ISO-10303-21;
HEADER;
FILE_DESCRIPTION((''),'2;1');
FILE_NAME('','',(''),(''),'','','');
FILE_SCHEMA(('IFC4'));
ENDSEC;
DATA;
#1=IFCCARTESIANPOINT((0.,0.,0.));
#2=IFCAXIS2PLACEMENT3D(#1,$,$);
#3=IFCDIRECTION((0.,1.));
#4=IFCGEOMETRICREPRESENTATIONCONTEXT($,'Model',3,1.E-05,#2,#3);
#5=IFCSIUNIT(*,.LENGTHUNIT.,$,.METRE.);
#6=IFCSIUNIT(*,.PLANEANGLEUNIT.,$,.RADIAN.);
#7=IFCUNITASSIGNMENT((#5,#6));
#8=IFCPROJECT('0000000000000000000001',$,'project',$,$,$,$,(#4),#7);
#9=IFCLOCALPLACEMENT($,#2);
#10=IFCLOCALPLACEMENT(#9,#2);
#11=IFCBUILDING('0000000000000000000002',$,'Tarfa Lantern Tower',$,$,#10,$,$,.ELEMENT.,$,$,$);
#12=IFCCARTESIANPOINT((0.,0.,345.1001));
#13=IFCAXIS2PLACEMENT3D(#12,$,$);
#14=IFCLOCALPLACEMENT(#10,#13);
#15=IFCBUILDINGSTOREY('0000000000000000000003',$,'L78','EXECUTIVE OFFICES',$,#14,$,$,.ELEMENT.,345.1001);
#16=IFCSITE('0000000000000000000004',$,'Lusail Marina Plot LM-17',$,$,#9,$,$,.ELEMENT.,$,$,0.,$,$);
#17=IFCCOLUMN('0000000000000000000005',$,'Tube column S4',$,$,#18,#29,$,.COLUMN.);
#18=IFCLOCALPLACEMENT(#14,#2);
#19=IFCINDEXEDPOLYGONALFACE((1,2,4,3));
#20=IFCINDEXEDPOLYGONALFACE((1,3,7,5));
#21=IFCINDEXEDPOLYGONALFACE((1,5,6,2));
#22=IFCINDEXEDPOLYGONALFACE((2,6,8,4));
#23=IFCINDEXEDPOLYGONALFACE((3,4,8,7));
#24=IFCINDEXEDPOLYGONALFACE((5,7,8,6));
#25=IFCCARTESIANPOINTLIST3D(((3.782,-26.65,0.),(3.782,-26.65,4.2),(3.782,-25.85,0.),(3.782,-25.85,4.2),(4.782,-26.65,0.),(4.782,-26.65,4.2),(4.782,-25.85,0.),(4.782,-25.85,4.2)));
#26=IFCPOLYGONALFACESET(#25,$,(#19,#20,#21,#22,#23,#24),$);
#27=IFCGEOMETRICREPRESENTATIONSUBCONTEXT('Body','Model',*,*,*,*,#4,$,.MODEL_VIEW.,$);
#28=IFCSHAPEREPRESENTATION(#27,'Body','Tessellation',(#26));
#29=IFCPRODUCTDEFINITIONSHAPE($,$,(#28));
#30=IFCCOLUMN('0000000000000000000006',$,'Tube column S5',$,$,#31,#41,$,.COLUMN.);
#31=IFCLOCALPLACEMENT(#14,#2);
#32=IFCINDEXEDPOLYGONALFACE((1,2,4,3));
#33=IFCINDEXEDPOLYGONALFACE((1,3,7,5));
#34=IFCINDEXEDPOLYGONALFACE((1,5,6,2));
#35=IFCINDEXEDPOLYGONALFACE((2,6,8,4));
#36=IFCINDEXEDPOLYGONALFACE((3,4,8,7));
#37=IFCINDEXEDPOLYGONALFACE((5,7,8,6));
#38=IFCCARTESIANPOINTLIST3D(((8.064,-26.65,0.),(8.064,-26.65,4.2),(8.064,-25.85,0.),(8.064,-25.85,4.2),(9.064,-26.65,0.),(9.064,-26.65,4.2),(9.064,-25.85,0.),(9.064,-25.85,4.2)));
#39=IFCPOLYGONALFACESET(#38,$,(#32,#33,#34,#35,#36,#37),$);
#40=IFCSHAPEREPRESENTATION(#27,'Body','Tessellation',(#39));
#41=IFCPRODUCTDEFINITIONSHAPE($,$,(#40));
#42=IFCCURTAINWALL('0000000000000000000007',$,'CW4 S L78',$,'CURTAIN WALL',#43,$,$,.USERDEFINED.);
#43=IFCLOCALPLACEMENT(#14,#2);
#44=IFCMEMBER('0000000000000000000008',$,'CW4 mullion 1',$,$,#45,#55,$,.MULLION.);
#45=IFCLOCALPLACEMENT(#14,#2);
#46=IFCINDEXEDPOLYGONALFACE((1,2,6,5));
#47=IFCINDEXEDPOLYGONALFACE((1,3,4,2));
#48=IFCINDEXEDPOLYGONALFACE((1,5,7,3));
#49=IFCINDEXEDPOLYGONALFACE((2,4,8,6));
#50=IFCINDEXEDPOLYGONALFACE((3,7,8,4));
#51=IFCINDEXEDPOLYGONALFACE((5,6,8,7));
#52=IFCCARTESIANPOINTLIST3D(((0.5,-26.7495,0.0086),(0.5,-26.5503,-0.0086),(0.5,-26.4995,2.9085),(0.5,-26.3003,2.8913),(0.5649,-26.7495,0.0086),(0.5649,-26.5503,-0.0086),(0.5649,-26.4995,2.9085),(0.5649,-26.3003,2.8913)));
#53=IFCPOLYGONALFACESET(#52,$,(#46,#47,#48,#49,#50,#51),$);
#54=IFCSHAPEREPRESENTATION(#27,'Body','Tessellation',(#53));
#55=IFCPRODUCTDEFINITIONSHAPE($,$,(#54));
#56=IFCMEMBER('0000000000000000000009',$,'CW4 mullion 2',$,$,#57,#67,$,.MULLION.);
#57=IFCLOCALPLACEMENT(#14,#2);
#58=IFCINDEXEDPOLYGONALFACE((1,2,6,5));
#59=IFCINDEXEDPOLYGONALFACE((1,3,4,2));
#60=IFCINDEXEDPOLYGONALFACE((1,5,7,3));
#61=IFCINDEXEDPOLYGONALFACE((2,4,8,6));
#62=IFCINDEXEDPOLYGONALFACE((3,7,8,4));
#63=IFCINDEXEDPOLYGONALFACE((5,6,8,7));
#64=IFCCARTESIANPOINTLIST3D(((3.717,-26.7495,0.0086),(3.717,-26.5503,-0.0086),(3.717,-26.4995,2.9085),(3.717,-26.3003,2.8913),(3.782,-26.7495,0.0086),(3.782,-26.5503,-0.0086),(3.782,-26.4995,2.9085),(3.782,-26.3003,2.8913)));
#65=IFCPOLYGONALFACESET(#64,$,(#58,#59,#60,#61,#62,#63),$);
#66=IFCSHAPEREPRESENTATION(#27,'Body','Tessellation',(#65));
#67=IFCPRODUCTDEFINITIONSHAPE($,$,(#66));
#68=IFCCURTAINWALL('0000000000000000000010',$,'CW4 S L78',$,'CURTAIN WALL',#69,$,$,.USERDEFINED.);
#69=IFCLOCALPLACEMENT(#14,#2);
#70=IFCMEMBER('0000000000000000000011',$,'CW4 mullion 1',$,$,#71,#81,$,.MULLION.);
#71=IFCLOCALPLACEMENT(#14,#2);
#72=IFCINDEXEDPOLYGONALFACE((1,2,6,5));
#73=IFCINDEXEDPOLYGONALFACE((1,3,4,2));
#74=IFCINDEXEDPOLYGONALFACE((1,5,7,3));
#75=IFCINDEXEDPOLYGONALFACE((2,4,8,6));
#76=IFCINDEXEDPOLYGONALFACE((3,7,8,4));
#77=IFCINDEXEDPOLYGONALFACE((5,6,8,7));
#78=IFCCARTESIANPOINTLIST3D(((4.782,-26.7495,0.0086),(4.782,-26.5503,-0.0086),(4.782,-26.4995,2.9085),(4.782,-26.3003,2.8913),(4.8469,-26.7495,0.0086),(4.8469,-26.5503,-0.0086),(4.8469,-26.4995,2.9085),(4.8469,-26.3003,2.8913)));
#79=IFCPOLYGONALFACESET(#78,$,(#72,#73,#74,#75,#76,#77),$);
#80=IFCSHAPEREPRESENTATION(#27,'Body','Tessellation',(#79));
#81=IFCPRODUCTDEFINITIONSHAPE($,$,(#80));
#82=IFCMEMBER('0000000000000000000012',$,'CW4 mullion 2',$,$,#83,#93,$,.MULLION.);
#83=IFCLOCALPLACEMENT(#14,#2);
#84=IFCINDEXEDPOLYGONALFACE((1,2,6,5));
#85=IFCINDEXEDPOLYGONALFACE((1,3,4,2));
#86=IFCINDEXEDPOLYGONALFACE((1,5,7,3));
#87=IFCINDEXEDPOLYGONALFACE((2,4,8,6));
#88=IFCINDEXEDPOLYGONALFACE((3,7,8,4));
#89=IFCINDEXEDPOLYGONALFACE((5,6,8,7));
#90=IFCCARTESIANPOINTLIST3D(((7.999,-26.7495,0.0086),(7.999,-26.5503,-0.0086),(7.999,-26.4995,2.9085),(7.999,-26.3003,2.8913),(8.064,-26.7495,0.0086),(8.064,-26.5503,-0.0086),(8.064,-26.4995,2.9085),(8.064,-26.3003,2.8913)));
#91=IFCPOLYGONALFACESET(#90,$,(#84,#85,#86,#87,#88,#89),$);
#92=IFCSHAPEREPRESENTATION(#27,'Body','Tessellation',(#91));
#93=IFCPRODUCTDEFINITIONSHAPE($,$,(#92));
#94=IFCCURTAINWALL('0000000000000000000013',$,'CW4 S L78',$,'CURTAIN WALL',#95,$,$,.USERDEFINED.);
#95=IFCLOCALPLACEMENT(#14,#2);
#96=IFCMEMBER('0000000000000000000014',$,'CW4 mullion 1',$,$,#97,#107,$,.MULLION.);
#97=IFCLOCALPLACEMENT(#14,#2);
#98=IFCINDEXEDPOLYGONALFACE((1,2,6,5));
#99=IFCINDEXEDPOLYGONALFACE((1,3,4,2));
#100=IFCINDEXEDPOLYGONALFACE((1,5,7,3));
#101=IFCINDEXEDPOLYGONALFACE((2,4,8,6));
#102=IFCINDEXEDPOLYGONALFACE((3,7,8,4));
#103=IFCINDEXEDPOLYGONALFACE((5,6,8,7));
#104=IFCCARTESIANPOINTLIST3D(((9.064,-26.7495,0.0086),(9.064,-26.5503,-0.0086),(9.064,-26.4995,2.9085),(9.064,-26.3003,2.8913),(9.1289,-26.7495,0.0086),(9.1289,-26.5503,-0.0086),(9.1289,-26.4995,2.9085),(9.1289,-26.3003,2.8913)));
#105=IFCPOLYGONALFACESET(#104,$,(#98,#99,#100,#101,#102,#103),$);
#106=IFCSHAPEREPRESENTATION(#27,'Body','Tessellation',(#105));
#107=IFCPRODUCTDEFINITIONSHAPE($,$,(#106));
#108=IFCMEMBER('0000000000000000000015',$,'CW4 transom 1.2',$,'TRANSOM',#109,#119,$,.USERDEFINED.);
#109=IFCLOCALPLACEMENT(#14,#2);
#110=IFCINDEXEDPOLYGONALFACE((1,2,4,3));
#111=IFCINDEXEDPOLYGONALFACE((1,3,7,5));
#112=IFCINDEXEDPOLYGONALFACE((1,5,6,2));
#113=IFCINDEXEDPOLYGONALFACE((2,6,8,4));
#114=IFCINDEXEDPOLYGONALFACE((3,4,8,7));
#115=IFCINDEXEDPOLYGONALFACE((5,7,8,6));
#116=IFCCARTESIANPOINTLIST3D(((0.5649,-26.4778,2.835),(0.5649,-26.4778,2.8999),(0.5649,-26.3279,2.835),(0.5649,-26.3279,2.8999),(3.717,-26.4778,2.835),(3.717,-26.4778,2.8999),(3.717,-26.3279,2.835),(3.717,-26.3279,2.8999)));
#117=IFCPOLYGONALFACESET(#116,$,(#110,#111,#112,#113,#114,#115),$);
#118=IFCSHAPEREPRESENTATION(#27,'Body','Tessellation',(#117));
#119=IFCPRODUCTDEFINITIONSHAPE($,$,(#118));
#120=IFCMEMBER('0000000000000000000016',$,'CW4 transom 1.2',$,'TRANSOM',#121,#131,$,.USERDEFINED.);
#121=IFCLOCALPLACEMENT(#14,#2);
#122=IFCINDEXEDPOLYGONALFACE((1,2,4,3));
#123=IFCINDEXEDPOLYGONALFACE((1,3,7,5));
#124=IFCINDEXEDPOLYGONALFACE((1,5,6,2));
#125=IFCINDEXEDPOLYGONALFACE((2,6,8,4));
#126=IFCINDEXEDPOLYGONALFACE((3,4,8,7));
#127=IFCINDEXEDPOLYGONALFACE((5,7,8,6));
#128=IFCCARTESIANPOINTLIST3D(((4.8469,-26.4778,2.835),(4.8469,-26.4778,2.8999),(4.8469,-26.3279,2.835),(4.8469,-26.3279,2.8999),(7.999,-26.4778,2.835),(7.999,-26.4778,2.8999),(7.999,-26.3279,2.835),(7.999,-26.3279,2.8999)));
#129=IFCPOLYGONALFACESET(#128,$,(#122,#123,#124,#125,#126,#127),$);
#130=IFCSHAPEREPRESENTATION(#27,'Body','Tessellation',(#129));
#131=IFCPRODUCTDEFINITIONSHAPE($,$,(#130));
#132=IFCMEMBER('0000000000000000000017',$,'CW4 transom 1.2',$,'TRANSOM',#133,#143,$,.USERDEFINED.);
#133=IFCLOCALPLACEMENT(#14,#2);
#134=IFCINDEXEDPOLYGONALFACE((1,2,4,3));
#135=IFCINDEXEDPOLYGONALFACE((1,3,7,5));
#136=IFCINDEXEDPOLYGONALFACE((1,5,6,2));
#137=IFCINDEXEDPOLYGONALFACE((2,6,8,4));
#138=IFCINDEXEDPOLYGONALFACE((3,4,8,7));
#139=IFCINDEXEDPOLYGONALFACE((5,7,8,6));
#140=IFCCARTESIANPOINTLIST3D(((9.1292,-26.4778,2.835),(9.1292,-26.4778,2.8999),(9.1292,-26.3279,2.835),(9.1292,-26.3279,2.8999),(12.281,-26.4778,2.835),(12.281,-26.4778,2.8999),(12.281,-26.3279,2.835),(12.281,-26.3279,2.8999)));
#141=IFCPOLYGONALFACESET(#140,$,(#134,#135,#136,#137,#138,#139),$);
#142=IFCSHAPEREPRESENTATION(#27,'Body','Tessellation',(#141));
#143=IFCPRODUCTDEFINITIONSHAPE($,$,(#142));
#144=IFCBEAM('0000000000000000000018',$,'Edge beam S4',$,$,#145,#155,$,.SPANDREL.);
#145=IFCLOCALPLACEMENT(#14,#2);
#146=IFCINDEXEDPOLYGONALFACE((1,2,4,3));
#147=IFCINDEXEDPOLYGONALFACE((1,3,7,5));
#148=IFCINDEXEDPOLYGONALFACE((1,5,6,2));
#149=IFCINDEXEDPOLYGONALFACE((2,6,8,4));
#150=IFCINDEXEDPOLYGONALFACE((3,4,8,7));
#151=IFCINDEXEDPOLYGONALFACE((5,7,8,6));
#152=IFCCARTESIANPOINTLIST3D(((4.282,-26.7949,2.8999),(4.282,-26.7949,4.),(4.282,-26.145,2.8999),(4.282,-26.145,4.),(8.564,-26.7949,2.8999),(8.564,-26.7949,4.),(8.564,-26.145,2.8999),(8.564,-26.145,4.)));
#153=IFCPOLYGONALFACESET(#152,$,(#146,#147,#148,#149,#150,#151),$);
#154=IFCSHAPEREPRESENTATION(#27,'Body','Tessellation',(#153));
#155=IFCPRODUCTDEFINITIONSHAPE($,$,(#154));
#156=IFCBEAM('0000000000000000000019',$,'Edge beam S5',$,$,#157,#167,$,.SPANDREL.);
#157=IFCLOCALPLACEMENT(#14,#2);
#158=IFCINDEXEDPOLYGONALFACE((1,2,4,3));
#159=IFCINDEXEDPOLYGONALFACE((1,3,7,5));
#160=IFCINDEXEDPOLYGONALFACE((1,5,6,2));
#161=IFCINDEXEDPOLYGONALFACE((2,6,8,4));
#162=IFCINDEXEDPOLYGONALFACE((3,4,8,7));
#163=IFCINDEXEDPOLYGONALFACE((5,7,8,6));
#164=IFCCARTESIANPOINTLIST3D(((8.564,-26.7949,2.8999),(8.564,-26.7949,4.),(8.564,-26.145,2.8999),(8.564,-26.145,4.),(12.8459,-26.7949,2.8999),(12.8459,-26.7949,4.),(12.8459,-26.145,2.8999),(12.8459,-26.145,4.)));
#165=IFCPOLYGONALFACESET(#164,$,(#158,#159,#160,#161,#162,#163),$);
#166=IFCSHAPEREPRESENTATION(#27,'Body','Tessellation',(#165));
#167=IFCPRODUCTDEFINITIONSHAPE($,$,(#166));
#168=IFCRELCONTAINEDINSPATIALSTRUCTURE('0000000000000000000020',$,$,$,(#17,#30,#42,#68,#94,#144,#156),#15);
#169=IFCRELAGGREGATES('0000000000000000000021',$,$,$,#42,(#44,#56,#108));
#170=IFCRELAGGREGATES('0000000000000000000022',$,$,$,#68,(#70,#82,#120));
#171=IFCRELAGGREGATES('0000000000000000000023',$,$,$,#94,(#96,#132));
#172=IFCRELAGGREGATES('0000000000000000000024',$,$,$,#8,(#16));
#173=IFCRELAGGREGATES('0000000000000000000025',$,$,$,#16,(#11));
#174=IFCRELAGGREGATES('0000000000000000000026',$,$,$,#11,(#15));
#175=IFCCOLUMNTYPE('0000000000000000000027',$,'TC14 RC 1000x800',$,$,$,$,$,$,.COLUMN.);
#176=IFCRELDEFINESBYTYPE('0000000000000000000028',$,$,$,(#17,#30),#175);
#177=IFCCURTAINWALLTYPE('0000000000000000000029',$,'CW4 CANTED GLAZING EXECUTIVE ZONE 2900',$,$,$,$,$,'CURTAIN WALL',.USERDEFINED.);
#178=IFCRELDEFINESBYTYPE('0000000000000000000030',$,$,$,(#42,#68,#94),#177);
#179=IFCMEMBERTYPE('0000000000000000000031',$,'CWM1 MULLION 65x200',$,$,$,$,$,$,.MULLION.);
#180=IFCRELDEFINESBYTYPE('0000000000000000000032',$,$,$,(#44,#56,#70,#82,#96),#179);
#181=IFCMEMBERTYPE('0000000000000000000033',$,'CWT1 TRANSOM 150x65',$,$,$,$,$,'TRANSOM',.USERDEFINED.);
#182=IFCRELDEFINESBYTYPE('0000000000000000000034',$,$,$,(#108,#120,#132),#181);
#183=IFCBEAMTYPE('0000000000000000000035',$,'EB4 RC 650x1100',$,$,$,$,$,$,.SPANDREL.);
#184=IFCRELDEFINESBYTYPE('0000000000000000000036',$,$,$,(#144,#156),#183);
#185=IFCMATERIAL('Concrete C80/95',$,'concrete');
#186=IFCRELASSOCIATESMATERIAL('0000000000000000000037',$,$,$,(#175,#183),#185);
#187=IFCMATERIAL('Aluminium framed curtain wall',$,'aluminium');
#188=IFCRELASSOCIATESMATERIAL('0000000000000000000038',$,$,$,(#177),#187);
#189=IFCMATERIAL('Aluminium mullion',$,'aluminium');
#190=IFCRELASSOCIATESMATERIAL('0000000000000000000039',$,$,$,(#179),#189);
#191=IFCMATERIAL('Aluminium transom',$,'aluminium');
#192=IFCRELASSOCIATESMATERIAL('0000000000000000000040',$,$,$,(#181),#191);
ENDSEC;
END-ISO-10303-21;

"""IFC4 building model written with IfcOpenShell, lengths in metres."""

from ifc_helpers import new_model, si_unit, direction, frame, origin, origin_2d, place, context, subcontext, project, spatial, rectangle, extrude, material, material_profile, profile_set, type_object, element, aggregate, save


model = new_model("IFC4")

# Units and contexts
model_context = context("Model", 3, precision=1e-05, world=origin(), true_north=direction((0.0, 1.0)))
body_context = subcontext(model_context, "Body", "Model", "MODEL_VIEW")
ifc_project = project(units=[si_unit("LENGTHUNIT", "METRE"), si_unit("PLANEANGLEUNIT", "RADIAN")], contexts=[model_context])

# Site, building, storey
site_placement = place(None, origin())
site = spatial("IfcSite", under=ifc_project, at=site_placement, Name="Lusail Marina Plot LM-17", CompositionType="ELEMENT", RefElevation=0.0)
building_placement = place(site_placement, origin())
building = spatial("IfcBuilding", under=site, at=building_placement, Name="Tarfa Lantern Tower", CompositionType="ELEMENT")
storey_placement = place(building_placement, frame((0.0, 0.0, 345.1001)))
storey = spatial("IfcBuildingStorey", under=building, at=storey_placement, Name="L78", Description="EXECUTIVE OFFICES", CompositionType="ELEMENT", Elevation=345.1001)

# Columns
ifc_material_1 = material(Name="Concrete C80/95", Category="concrete")
ifc_material_profile_1 = material_profile(ifc_material_1, rectangle(XDim=1.0, YDim=0.8, at=origin_2d()), Name="RC 1000x800")
ifc_profile_set_1 = profile_set([ifc_material_profile_1], Name="Concrete C80/95")
column_type = type_object("IfcColumnType", Name="TC14 RC 1000x800", PredefinedType="COLUMN", material=ifc_profile_set_1)
for number, where, z_axis, x_axis, name in (
    (1, (4.282, -26.25, 0.0), (0.0, 0.0, 1.0), (1.0, 0.0, 0.0), "Tube column S4"),
    (2, (8.564, -26.25, 0.0), (0.0, 0.0, 1.0), (1.0, 0.0, 0.0), "Tube column S5"),
):
    element("IfcColumn", number, at=place(storey_placement, frame(where, z_axis=z_axis, x_axis=x_axis)), inside=storey, type_object=column_type, Name=name, PredefinedType="COLUMN", context=body_context, shape_type="SweptSolid", body=[
        extrude(rectangle(XDim=1.0, YDim=0.8, at=origin_2d()), origin(), (0.0, 0.0, 1.0), 4.2),
    ])

# Curtain walls, members
ifc_material_2 = material(Name="Aluminium framed curtain wall", Category="aluminium")
curtain_wall_type = type_object("IfcCurtainWallType", Name="CW4 CANTED GLAZING EXECUTIVE ZONE 2900", ElementType="CURTAIN WALL", PredefinedType="USERDEFINED", material=ifc_material_2)
curtain_wall_1_placement = place(storey_placement, origin())
curtain_wall_1 = element("IfcCurtainWall", 3, at=curtain_wall_1_placement, inside=storey, type_object=curtain_wall_type, Name="CW4 S L78", ObjectType="CURTAIN WALL", PredefinedType="USERDEFINED")
ifc_material_3 = material(Name="Aluminium mullion", Category="aluminium")
ifc_material_profile_2 = material_profile(ifc_material_3, rectangle(XDim=0.0649, YDim=0.2, at=origin_2d()), Name="AL MULLION 65x200")
ifc_profile_set_2 = profile_set([ifc_material_profile_2], Name="Aluminium mullion")
member_type_1 = type_object("IfcMemberType", Name="CWM1 MULLION 65x200", PredefinedType="MULLION", material=ifc_profile_set_2)
member_1_placement = place(storey_placement, frame((0.5325, -26.6499, 0.0), z_axis=(0.0, 0.085891, 0.996305), x_axis=(-1.0, 0.0, 0.0)))
member_1 = element("IfcMember", 4, at=member_1_placement, type_object=member_type_1, Name="CW4 mullion 1", PredefinedType="MULLION", context=body_context, shape_type="SweptSolid", body=[
    extrude(rectangle(XDim=0.0649, YDim=0.2, at=origin_2d()), origin(), (0.0, 0.0, 1.0), 2.9106),
])
member_2_placement = place(storey_placement, frame((3.7495, -26.6499, 0.0), z_axis=(0.0, 0.085891, 0.996305), x_axis=(-1.0, 0.0, 0.0)))
member_2 = element("IfcMember", 5, at=member_2_placement, type_object=member_type_1, Name="CW4 mullion 2", PredefinedType="MULLION", context=body_context, shape_type="SweptSolid", body=[
    extrude(rectangle(XDim=0.0649, YDim=0.2, at=origin_2d()), origin(), (0.0, 0.0, 1.0), 2.9106),
])
curtain_wall_2_placement = place(storey_placement, origin())
curtain_wall_2 = element("IfcCurtainWall", 6, at=curtain_wall_2_placement, inside=storey, type_object=curtain_wall_type, Name="CW4 S L78", ObjectType="CURTAIN WALL", PredefinedType="USERDEFINED")
member_3_placement = place(storey_placement, frame((4.8145, -26.6499, 0.0), z_axis=(0.0, 0.085891, 0.996305), x_axis=(-1.0, 0.0, 0.0)))
member_3 = element("IfcMember", 7, at=member_3_placement, type_object=member_type_1, Name="CW4 mullion 1", PredefinedType="MULLION", context=body_context, shape_type="SweptSolid", body=[
    extrude(rectangle(XDim=0.0649, YDim=0.2, at=origin_2d()), origin(), (0.0, 0.0, 1.0), 2.9106),
])
member_4_placement = place(storey_placement, frame((8.0315, -26.6499, 0.0), z_axis=(0.0, 0.085891, 0.996305), x_axis=(-1.0, 0.0, 0.0)))
member_4 = element("IfcMember", 8, at=member_4_placement, type_object=member_type_1, Name="CW4 mullion 2", PredefinedType="MULLION", context=body_context, shape_type="SweptSolid", body=[
    extrude(rectangle(XDim=0.0649, YDim=0.2, at=origin_2d()), origin(), (0.0, 0.0, 1.0), 2.9106),
])

# Curtain wall, member
curtain_wall_3_placement = place(storey_placement, origin())
curtain_wall_3 = element("IfcCurtainWall", 9, at=curtain_wall_3_placement, inside=storey, type_object=curtain_wall_type, Name="CW4 S L78", ObjectType="CURTAIN WALL", PredefinedType="USERDEFINED")
member_5_placement = place(storey_placement, frame((9.0964, -26.6499, 0.0), z_axis=(0.0, 0.085891, 0.996305), x_axis=(-1.0, 0.0, 0.0)))
member_5 = element("IfcMember", 10, at=member_5_placement, type_object=member_type_1, Name="CW4 mullion 1", PredefinedType="MULLION", context=body_context, shape_type="SweptSolid", body=[
    extrude(rectangle(XDim=0.0649, YDim=0.2, at=origin_2d()), origin(), (0.0, 0.0, 1.0), 2.9106),
])

# Members
ifc_material_4 = material(Name="Aluminium transom", Category="aluminium")
ifc_material_profile_3 = material_profile(ifc_material_4, rectangle(XDim=0.1499, YDim=0.0649, at=origin_2d()), Name="AL TRANSOM 150x65")
ifc_profile_set_3 = profile_set([ifc_material_profile_3], Name="Aluminium transom")
member_type_2 = type_object("IfcMemberType", Name="CWT1 TRANSOM 150x65", ElementType="TRANSOM", PredefinedType="USERDEFINED", material=ifc_profile_set_3)
member_6_placement = place(storey_placement, frame((0.5649, -26.4028, 2.8674), z_axis=(1.0, 0.0, 0.0), x_axis=(0.0, 1.0, 0.0)))
member_6 = element("IfcMember", 11, at=member_6_placement, type_object=member_type_2, Name="CW4 transom 1.2", ObjectType="TRANSOM", PredefinedType="USERDEFINED", context=body_context, shape_type="SweptSolid", body=[
    extrude(rectangle(XDim=0.1499, YDim=0.0649, at=origin_2d()), origin(), (0.0, 0.0, 1.0), 3.1521),
])
member_7_placement = place(storey_placement, frame((4.8469, -26.4028, 2.8674), z_axis=(1.0, 0.0, 0.0), x_axis=(0.0, 1.0, 0.0)))
member_7 = element("IfcMember", 12, at=member_7_placement, type_object=member_type_2, Name="CW4 transom 1.2", ObjectType="TRANSOM", PredefinedType="USERDEFINED", context=body_context, shape_type="SweptSolid", body=[
    extrude(rectangle(XDim=0.1499, YDim=0.0649, at=origin_2d()), origin(), (0.0, 0.0, 1.0), 3.1521),
])
member_8_placement = place(storey_placement, frame((9.1292, -26.4028, 2.8674), z_axis=(1.0, 0.0, 0.0), x_axis=(0.0, 1.0, 0.0)))
member_8 = element("IfcMember", 13, at=member_8_placement, type_object=member_type_2, Name="CW4 transom 1.2", ObjectType="TRANSOM", PredefinedType="USERDEFINED", context=body_context, shape_type="SweptSolid", body=[
    extrude(rectangle(XDim=0.1499, YDim=0.0649, at=origin_2d()), origin(), (0.0, 0.0, 1.0), 3.1519),
])

# Beams
ifc_material_profile_4 = material_profile(ifc_material_1, rectangle(XDim=0.6499, YDim=1.1001, at=origin_2d()), Name="RC 650x1100")
ifc_profile_set_4 = profile_set([ifc_material_profile_4], Name="Concrete C80/95")
beam_type_1 = type_object("IfcBeamType", Name="EB4 RC 650x1100", PredefinedType="SPANDREL", material=ifc_profile_set_4)
for number, where, z_axis, x_axis, name in (
    (14, (4.282, -26.47, 3.45), (1.0, 0.0, 0.0), (0.0, 1.0, 0.0), "Edge beam S4"),
    (15, (8.564, -26.47, 3.45), (1.0, 0.0, 0.0), (0.0, 1.0, 0.0), "Edge beam S5"),
):
    element("IfcBeam", number, at=place(storey_placement, frame(where, z_axis=z_axis, x_axis=x_axis)), inside=storey, type_object=beam_type_1, Name=name, PredefinedType="SPANDREL", context=body_context, shape_type="SweptSolid", body=[
        extrude(rectangle(XDim=0.6499, YDim=1.1001, at=origin_2d()), origin(), (0.0, 0.0, 1.0), 4.282),
    ])

aggregate(curtain_wall_1, [member_1, member_2, member_6])
aggregate(curtain_wall_2, [member_3, member_4, member_7])
aggregate(curtain_wall_3, [member_5, member_8])

save(model, "model.ifc")
